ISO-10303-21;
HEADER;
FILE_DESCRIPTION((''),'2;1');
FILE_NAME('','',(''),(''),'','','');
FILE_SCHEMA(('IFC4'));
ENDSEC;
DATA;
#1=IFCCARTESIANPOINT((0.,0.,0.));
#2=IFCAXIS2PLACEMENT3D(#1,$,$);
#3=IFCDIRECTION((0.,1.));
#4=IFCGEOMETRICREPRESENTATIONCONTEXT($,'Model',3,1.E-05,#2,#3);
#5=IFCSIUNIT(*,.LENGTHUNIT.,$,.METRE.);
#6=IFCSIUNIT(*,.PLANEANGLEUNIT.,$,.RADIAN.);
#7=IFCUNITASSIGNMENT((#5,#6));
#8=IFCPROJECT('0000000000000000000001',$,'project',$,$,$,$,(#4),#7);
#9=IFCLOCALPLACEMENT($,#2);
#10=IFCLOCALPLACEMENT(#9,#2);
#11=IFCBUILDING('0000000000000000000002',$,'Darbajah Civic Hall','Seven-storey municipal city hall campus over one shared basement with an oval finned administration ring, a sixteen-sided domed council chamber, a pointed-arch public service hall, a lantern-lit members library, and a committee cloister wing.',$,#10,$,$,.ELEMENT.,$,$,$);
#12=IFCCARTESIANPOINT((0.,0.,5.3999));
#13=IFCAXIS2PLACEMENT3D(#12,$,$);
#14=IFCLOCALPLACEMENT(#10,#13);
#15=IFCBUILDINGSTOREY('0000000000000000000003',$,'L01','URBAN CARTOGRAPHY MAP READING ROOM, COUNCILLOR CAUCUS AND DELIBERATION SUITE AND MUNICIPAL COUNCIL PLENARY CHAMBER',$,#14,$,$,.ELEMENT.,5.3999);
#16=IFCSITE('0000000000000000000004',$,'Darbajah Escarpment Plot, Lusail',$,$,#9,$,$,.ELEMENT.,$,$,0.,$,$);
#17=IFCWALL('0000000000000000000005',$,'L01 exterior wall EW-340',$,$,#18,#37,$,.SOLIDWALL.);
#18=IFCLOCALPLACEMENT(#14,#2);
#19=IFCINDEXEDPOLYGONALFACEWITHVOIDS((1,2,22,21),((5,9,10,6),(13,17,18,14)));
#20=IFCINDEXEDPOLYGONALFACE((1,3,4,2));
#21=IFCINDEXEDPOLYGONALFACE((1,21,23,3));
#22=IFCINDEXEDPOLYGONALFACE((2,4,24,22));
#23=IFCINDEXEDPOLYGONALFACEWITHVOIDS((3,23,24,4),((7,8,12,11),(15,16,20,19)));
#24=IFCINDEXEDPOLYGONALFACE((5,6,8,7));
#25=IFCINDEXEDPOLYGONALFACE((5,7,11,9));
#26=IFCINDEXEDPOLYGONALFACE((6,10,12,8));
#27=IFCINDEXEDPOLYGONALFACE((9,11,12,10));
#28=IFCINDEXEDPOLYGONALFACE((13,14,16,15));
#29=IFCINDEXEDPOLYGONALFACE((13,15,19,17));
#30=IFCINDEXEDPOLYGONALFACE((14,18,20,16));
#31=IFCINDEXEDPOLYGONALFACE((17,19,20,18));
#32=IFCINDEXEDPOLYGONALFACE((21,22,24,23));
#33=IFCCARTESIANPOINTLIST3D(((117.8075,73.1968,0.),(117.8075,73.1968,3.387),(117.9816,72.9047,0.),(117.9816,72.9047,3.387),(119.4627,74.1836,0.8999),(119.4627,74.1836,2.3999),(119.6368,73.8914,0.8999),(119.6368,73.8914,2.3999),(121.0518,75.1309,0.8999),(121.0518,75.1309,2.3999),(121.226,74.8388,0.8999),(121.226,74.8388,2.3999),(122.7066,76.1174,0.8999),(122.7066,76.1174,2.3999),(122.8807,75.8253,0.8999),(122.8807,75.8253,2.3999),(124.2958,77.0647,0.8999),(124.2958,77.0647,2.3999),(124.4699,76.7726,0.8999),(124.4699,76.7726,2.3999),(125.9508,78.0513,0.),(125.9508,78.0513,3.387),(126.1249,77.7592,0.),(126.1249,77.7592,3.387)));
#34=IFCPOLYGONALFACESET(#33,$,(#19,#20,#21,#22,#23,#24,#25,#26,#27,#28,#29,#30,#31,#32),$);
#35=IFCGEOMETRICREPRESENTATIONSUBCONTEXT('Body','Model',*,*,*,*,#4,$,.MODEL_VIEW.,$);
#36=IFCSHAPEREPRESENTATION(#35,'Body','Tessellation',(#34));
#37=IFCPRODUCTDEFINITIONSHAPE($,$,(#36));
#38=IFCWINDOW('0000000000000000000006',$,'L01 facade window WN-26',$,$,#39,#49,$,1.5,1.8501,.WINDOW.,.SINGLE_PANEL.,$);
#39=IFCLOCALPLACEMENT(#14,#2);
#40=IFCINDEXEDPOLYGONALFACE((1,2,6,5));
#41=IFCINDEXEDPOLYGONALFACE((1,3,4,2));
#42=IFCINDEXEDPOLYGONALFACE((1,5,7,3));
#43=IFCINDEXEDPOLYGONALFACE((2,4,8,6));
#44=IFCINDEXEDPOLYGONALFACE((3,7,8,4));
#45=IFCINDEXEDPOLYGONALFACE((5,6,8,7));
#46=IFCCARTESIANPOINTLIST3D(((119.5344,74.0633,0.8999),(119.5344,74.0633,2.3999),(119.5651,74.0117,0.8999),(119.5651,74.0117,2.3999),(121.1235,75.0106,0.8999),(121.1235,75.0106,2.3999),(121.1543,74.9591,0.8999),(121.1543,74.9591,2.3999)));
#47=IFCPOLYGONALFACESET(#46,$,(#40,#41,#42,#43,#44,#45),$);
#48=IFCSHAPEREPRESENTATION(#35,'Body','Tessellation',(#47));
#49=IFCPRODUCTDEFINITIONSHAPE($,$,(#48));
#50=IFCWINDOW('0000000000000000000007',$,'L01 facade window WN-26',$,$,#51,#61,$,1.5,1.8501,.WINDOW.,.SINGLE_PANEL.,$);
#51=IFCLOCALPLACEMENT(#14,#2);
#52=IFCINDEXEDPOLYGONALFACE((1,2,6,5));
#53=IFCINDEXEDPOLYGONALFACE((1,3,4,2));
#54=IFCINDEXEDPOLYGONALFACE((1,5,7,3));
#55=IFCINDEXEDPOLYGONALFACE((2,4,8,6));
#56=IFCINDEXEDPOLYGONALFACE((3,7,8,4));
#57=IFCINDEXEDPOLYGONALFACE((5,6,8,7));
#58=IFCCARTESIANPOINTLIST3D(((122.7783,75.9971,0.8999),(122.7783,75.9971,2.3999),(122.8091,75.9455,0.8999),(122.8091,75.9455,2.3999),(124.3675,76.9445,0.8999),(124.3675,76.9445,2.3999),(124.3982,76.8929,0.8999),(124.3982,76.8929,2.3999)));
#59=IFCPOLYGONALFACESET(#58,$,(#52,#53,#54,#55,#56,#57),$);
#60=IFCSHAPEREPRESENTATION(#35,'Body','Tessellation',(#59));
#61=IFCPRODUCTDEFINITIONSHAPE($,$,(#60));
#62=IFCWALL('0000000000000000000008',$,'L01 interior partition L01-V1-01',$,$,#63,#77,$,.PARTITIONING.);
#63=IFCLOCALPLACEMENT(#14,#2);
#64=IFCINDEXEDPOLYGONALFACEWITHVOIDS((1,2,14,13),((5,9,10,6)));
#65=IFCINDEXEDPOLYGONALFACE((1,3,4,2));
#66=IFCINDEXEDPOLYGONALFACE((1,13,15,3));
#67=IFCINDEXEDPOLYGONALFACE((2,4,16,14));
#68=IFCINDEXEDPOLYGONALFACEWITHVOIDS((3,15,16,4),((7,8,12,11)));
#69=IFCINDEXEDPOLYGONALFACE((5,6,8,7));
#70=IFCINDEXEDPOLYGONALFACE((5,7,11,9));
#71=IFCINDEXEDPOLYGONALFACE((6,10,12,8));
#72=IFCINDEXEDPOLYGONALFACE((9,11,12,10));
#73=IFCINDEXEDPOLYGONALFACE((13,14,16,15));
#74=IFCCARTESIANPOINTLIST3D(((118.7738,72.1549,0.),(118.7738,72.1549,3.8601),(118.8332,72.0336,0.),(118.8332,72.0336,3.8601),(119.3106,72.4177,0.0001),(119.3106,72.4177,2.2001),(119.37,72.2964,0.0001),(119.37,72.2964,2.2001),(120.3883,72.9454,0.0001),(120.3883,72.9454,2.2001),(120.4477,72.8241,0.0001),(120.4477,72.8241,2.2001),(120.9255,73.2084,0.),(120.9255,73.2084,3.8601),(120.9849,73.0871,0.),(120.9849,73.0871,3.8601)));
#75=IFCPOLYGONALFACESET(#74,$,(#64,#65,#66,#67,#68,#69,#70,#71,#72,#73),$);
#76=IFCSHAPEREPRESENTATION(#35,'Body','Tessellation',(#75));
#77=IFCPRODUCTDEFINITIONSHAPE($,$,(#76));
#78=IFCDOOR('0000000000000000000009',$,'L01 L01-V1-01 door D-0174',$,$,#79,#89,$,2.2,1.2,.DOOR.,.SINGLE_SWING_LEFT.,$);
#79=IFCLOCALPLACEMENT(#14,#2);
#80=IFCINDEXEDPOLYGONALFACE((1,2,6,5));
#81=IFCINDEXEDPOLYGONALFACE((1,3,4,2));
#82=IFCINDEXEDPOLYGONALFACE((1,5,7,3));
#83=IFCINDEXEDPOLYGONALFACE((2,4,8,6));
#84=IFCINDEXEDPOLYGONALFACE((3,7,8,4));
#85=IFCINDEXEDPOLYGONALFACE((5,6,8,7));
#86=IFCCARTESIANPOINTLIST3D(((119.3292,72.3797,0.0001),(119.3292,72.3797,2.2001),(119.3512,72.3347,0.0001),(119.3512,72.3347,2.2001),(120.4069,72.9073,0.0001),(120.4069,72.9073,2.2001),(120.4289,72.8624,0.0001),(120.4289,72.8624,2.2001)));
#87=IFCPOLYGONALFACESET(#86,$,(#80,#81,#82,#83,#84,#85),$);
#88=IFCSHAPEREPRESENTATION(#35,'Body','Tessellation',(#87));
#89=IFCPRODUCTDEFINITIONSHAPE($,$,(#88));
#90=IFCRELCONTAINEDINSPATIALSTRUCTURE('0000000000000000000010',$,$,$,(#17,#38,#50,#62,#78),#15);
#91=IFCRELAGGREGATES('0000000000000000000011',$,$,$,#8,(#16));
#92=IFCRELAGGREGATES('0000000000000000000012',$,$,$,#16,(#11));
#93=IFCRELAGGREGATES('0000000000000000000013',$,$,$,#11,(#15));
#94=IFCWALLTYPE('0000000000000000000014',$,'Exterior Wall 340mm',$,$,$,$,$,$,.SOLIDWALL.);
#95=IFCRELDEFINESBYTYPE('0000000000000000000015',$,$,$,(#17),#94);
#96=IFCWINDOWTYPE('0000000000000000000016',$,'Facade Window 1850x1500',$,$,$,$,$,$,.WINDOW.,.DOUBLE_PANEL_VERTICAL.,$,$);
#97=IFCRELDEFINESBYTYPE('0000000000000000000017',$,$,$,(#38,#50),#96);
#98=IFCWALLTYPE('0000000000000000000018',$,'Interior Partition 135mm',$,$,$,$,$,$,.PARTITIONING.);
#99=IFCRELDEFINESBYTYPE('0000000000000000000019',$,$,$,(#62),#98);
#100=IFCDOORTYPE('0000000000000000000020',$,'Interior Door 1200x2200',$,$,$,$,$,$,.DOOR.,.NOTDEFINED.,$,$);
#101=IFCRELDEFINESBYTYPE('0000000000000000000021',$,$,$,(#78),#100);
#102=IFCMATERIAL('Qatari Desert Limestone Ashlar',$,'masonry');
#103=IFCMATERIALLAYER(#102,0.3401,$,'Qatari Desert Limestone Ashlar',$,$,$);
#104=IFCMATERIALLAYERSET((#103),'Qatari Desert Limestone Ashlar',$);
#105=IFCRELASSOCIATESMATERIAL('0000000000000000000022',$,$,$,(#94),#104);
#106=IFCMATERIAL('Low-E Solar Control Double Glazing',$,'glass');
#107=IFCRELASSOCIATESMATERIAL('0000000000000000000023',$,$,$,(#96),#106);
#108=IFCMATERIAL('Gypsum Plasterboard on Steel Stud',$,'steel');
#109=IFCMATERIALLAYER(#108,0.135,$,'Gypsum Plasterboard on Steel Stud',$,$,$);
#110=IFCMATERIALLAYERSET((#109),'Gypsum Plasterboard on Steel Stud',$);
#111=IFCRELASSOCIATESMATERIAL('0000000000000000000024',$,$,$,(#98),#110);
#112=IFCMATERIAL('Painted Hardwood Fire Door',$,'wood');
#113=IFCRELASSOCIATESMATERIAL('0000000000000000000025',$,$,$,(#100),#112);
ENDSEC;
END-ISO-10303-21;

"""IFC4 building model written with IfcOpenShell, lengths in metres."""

from ifc_helpers import new_model, si_unit, direction, frame, frame_2d, origin, place, context, subcontext, project, spatial, rectangle, extrude, material, layer, layer_set, type_object, element, fill, save


model = new_model("IFC4")

# Units and contexts
model_context = context("Model", 3, precision=1e-05, world=origin(), true_north=direction((0.0, 1.0)))
body_context = subcontext(model_context, "Body", "Model", "MODEL_VIEW")
ifc_project = project(units=[si_unit("LENGTHUNIT", "METRE"), si_unit("PLANEANGLEUNIT", "RADIAN")], contexts=[model_context])

# Site, building, storey
site_placement = place(None, origin())
site = spatial("IfcSite", under=ifc_project, at=site_placement, Name="Darbajah Escarpment Plot, Lusail", CompositionType="ELEMENT", RefElevation=0.0)
building_placement = place(site_placement, origin())
building = spatial("IfcBuilding", under=site, at=building_placement, Name="Darbajah Civic Hall", Description="Seven-storey municipal city hall campus over one shared basement with an oval finned administration ring, a sixteen-sided domed council chamber, a pointed-arch public service hall, a lantern-lit members library, and a committee cloister wing.", CompositionType="ELEMENT")
storey_placement = place(building_placement, frame((0.0, 0.0, 5.3999)))
storey = spatial("IfcBuildingStorey", under=building, at=storey_placement, Name="L01", Description="URBAN CARTOGRAPHY MAP READING ROOM, COUNCILLOR CAUCUS AND DELIBERATION SUITE AND MUNICIPAL COUNCIL PLENARY CHAMBER", CompositionType="ELEMENT", Elevation=5.3999)

# Shared definitions
ifc_material_1 = material(Name="Low-E Solar Control Double Glazing", Category="glass")

# Wall, openings, windows
ifc_material_2 = material(Name="Qatari Desert Limestone Ashlar", Category="masonry")
ifc_layer_1 = layer(ifc_material_2, 0.3401, Name="Qatari Desert Limestone Ashlar")
ifc_layer_set_1 = layer_set([ifc_layer_1], Name="Qatari Desert Limestone Ashlar")
wall_type_1 = type_object("IfcWallType", Name="Exterior Wall 340mm", PredefinedType="SOLIDWALL", material=ifc_layer_set_1)
wall_1_placement = place(storey_placement, frame((117.8945, 73.0508, 0.0), z_axis=(0.0, 0.0, 1.0), x_axis=(0.858955, 0.512051, 0.0)))
wall_1 = element("IfcWall", 1, at=wall_1_placement, inside=storey, type_object=wall_type_1, Name="L01 exterior wall EW-340", PredefinedType="SOLIDWALL", context=body_context, shape_type="SweptSolid", body=[
    extrude(rectangle(XDim=9.4805, YDim=0.3401, at=frame_2d((4.7402, 0.0))), origin(), (0.0, 0.0, 1.0), 3.387),
])
opening_1_placement = place(wall_1_placement, frame((1.927, 0.0, 0.8999)))
opening_1 = element("IfcOpeningElement", 2, at=opening_1_placement, cuts=wall_1, PredefinedType="OPENING", context=body_context, shape_type="SweptSolid", body=[
    extrude(rectangle(XDim=1.8501, YDim=1.5, at=frame_2d((0.925, 0.75))), frame((0.0, 0.1799, 0.0), z_axis=(0.0, -1.0, 0.0), x_axis=(1.0, 0.0, 0.0)), (0.0, 0.0, 1.0), 0.3601),
])
opening_2_placement = place(wall_1_placement, frame((5.7036, 0.0, 0.8999)))
opening_2 = element("IfcOpeningElement", 3, at=opening_2_placement, cuts=wall_1, PredefinedType="OPENING", context=body_context, shape_type="SweptSolid", body=[
    extrude(rectangle(XDim=1.8501, YDim=1.5, at=frame_2d((0.925, 0.75))), frame((0.0, 0.1799, 0.0), z_axis=(0.0, -1.0, 0.0), x_axis=(1.0, 0.0, 0.0)), (0.0, 0.0, 1.0), 0.3601),
])
window_type_1 = type_object("IfcWindowType", Name="Facade Window 1850x1500", PartitioningType="DOUBLE_PANEL_VERTICAL", PredefinedType="WINDOW", material=ifc_material_1)
window_1_placement = place(opening_1_placement, origin())
window_1 = element("IfcWindow", 4, at=window_1_placement, inside=storey, type_object=window_type_1, Name="L01 facade window WN-26", OverallHeight=1.5, OverallWidth=1.8501, PartitioningType="SINGLE_PANEL", PredefinedType="WINDOW", context=body_context, shape_type="SweptSolid", body=[
    extrude(rectangle(XDim=1.8501, YDim=1.5, at=frame_2d((0.925, 0.75))), frame((0.0, 0.03, 0.0), z_axis=(0.0, -1.0, 0.0), x_axis=(1.0, 0.0, 0.0)), (0.0, 0.0, 1.0), 0.0601),
])
fill(opening_1, window_1)
window_2_placement = place(opening_2_placement, origin())
window_2 = element("IfcWindow", 5, at=window_2_placement, inside=storey, type_object=window_type_1, Name="L01 facade window WN-26", OverallHeight=1.5, OverallWidth=1.8501, PartitioningType="SINGLE_PANEL", PredefinedType="WINDOW", context=body_context, shape_type="SweptSolid", body=[
    extrude(rectangle(XDim=1.8501, YDim=1.5, at=frame_2d((0.925, 0.75))), frame((0.0, 0.03, 0.0), z_axis=(0.0, -1.0, 0.0), x_axis=(1.0, 0.0, 0.0)), (0.0, 0.0, 1.0), 0.0601),
])
fill(opening_2, window_2)

# Wall, opening, door
ifc_material_3 = material(Name="Gypsum Plasterboard on Steel Stud", Category="steel")
ifc_layer_2 = layer(ifc_material_3, 0.135, Name="Gypsum Plasterboard on Steel Stud")
ifc_layer_set_2 = layer_set([ifc_layer_2], Name="Gypsum Plasterboard on Steel Stud")
wall_type_2 = type_object("IfcWallType", Name="Interior Partition 135mm", PredefinedType="PARTITIONING", material=ifc_layer_set_2)
wall_2_placement = place(storey_placement, frame((120.9551, 73.1477, 0.0), z_axis=(0.0, 0.0, 1.0), x_axis=(-0.898126, -0.439738, 0.0)))
wall_2 = element("IfcWall", 6, at=wall_2_placement, inside=storey, type_object=wall_type_2, Name="L01 interior partition L01-V1-01", PredefinedType="PARTITIONING", context=body_context, shape_type="SweptSolid", body=[
    extrude(rectangle(XDim=2.3958, YDim=0.135, at=frame_2d((1.1978, 0.0))), origin(), (0.0, 0.0, 1.0), 3.8601),
])
opening_3_placement = place(wall_2_placement, frame((0.5979, 0.0, 0.0)))
opening_3 = element("IfcOpeningElement", 7, at=opening_3_placement, cuts=wall_2, PredefinedType="OPENING", context=body_context, shape_type="SweptSolid", body=[
    extrude(rectangle(XDim=1.2, YDim=2.2, at=frame_2d((0.6001, 1.1001))), frame((0.0, 0.0774, 0.0), z_axis=(0.0, -1.0, 0.0), x_axis=(1.0, 0.0, 0.0)), (0.0, 0.0, 1.0), 0.155),
])
ifc_material_4 = material(Name="Painted Hardwood Fire Door", Category="wood")
door_type_1 = type_object("IfcDoorType", Name="Interior Door 1200x2200", OperationType="NOTDEFINED", PredefinedType="DOOR", material=ifc_material_4)
door_1_placement = place(opening_3_placement, origin())
door_1 = element("IfcDoor", 8, at=door_1_placement, inside=storey, type_object=door_type_1, Name="L01 L01-V1-01 door D-0174", OperationType="SINGLE_SWING_LEFT", OverallHeight=2.2, OverallWidth=1.2, PredefinedType="DOOR", context=body_context, shape_type="SweptSolid", body=[
    extrude(rectangle(XDim=1.2, YDim=2.2, at=frame_2d((0.6001, 1.1001))), frame((0.0, 0.0249, 0.0), z_axis=(0.0, -1.0, 0.0), x_axis=(1.0, 0.0, 0.0)), (0.0, 0.0, 1.0), 0.05),
])
fill(opening_3, door_1)

save(model, "model.ifc")
